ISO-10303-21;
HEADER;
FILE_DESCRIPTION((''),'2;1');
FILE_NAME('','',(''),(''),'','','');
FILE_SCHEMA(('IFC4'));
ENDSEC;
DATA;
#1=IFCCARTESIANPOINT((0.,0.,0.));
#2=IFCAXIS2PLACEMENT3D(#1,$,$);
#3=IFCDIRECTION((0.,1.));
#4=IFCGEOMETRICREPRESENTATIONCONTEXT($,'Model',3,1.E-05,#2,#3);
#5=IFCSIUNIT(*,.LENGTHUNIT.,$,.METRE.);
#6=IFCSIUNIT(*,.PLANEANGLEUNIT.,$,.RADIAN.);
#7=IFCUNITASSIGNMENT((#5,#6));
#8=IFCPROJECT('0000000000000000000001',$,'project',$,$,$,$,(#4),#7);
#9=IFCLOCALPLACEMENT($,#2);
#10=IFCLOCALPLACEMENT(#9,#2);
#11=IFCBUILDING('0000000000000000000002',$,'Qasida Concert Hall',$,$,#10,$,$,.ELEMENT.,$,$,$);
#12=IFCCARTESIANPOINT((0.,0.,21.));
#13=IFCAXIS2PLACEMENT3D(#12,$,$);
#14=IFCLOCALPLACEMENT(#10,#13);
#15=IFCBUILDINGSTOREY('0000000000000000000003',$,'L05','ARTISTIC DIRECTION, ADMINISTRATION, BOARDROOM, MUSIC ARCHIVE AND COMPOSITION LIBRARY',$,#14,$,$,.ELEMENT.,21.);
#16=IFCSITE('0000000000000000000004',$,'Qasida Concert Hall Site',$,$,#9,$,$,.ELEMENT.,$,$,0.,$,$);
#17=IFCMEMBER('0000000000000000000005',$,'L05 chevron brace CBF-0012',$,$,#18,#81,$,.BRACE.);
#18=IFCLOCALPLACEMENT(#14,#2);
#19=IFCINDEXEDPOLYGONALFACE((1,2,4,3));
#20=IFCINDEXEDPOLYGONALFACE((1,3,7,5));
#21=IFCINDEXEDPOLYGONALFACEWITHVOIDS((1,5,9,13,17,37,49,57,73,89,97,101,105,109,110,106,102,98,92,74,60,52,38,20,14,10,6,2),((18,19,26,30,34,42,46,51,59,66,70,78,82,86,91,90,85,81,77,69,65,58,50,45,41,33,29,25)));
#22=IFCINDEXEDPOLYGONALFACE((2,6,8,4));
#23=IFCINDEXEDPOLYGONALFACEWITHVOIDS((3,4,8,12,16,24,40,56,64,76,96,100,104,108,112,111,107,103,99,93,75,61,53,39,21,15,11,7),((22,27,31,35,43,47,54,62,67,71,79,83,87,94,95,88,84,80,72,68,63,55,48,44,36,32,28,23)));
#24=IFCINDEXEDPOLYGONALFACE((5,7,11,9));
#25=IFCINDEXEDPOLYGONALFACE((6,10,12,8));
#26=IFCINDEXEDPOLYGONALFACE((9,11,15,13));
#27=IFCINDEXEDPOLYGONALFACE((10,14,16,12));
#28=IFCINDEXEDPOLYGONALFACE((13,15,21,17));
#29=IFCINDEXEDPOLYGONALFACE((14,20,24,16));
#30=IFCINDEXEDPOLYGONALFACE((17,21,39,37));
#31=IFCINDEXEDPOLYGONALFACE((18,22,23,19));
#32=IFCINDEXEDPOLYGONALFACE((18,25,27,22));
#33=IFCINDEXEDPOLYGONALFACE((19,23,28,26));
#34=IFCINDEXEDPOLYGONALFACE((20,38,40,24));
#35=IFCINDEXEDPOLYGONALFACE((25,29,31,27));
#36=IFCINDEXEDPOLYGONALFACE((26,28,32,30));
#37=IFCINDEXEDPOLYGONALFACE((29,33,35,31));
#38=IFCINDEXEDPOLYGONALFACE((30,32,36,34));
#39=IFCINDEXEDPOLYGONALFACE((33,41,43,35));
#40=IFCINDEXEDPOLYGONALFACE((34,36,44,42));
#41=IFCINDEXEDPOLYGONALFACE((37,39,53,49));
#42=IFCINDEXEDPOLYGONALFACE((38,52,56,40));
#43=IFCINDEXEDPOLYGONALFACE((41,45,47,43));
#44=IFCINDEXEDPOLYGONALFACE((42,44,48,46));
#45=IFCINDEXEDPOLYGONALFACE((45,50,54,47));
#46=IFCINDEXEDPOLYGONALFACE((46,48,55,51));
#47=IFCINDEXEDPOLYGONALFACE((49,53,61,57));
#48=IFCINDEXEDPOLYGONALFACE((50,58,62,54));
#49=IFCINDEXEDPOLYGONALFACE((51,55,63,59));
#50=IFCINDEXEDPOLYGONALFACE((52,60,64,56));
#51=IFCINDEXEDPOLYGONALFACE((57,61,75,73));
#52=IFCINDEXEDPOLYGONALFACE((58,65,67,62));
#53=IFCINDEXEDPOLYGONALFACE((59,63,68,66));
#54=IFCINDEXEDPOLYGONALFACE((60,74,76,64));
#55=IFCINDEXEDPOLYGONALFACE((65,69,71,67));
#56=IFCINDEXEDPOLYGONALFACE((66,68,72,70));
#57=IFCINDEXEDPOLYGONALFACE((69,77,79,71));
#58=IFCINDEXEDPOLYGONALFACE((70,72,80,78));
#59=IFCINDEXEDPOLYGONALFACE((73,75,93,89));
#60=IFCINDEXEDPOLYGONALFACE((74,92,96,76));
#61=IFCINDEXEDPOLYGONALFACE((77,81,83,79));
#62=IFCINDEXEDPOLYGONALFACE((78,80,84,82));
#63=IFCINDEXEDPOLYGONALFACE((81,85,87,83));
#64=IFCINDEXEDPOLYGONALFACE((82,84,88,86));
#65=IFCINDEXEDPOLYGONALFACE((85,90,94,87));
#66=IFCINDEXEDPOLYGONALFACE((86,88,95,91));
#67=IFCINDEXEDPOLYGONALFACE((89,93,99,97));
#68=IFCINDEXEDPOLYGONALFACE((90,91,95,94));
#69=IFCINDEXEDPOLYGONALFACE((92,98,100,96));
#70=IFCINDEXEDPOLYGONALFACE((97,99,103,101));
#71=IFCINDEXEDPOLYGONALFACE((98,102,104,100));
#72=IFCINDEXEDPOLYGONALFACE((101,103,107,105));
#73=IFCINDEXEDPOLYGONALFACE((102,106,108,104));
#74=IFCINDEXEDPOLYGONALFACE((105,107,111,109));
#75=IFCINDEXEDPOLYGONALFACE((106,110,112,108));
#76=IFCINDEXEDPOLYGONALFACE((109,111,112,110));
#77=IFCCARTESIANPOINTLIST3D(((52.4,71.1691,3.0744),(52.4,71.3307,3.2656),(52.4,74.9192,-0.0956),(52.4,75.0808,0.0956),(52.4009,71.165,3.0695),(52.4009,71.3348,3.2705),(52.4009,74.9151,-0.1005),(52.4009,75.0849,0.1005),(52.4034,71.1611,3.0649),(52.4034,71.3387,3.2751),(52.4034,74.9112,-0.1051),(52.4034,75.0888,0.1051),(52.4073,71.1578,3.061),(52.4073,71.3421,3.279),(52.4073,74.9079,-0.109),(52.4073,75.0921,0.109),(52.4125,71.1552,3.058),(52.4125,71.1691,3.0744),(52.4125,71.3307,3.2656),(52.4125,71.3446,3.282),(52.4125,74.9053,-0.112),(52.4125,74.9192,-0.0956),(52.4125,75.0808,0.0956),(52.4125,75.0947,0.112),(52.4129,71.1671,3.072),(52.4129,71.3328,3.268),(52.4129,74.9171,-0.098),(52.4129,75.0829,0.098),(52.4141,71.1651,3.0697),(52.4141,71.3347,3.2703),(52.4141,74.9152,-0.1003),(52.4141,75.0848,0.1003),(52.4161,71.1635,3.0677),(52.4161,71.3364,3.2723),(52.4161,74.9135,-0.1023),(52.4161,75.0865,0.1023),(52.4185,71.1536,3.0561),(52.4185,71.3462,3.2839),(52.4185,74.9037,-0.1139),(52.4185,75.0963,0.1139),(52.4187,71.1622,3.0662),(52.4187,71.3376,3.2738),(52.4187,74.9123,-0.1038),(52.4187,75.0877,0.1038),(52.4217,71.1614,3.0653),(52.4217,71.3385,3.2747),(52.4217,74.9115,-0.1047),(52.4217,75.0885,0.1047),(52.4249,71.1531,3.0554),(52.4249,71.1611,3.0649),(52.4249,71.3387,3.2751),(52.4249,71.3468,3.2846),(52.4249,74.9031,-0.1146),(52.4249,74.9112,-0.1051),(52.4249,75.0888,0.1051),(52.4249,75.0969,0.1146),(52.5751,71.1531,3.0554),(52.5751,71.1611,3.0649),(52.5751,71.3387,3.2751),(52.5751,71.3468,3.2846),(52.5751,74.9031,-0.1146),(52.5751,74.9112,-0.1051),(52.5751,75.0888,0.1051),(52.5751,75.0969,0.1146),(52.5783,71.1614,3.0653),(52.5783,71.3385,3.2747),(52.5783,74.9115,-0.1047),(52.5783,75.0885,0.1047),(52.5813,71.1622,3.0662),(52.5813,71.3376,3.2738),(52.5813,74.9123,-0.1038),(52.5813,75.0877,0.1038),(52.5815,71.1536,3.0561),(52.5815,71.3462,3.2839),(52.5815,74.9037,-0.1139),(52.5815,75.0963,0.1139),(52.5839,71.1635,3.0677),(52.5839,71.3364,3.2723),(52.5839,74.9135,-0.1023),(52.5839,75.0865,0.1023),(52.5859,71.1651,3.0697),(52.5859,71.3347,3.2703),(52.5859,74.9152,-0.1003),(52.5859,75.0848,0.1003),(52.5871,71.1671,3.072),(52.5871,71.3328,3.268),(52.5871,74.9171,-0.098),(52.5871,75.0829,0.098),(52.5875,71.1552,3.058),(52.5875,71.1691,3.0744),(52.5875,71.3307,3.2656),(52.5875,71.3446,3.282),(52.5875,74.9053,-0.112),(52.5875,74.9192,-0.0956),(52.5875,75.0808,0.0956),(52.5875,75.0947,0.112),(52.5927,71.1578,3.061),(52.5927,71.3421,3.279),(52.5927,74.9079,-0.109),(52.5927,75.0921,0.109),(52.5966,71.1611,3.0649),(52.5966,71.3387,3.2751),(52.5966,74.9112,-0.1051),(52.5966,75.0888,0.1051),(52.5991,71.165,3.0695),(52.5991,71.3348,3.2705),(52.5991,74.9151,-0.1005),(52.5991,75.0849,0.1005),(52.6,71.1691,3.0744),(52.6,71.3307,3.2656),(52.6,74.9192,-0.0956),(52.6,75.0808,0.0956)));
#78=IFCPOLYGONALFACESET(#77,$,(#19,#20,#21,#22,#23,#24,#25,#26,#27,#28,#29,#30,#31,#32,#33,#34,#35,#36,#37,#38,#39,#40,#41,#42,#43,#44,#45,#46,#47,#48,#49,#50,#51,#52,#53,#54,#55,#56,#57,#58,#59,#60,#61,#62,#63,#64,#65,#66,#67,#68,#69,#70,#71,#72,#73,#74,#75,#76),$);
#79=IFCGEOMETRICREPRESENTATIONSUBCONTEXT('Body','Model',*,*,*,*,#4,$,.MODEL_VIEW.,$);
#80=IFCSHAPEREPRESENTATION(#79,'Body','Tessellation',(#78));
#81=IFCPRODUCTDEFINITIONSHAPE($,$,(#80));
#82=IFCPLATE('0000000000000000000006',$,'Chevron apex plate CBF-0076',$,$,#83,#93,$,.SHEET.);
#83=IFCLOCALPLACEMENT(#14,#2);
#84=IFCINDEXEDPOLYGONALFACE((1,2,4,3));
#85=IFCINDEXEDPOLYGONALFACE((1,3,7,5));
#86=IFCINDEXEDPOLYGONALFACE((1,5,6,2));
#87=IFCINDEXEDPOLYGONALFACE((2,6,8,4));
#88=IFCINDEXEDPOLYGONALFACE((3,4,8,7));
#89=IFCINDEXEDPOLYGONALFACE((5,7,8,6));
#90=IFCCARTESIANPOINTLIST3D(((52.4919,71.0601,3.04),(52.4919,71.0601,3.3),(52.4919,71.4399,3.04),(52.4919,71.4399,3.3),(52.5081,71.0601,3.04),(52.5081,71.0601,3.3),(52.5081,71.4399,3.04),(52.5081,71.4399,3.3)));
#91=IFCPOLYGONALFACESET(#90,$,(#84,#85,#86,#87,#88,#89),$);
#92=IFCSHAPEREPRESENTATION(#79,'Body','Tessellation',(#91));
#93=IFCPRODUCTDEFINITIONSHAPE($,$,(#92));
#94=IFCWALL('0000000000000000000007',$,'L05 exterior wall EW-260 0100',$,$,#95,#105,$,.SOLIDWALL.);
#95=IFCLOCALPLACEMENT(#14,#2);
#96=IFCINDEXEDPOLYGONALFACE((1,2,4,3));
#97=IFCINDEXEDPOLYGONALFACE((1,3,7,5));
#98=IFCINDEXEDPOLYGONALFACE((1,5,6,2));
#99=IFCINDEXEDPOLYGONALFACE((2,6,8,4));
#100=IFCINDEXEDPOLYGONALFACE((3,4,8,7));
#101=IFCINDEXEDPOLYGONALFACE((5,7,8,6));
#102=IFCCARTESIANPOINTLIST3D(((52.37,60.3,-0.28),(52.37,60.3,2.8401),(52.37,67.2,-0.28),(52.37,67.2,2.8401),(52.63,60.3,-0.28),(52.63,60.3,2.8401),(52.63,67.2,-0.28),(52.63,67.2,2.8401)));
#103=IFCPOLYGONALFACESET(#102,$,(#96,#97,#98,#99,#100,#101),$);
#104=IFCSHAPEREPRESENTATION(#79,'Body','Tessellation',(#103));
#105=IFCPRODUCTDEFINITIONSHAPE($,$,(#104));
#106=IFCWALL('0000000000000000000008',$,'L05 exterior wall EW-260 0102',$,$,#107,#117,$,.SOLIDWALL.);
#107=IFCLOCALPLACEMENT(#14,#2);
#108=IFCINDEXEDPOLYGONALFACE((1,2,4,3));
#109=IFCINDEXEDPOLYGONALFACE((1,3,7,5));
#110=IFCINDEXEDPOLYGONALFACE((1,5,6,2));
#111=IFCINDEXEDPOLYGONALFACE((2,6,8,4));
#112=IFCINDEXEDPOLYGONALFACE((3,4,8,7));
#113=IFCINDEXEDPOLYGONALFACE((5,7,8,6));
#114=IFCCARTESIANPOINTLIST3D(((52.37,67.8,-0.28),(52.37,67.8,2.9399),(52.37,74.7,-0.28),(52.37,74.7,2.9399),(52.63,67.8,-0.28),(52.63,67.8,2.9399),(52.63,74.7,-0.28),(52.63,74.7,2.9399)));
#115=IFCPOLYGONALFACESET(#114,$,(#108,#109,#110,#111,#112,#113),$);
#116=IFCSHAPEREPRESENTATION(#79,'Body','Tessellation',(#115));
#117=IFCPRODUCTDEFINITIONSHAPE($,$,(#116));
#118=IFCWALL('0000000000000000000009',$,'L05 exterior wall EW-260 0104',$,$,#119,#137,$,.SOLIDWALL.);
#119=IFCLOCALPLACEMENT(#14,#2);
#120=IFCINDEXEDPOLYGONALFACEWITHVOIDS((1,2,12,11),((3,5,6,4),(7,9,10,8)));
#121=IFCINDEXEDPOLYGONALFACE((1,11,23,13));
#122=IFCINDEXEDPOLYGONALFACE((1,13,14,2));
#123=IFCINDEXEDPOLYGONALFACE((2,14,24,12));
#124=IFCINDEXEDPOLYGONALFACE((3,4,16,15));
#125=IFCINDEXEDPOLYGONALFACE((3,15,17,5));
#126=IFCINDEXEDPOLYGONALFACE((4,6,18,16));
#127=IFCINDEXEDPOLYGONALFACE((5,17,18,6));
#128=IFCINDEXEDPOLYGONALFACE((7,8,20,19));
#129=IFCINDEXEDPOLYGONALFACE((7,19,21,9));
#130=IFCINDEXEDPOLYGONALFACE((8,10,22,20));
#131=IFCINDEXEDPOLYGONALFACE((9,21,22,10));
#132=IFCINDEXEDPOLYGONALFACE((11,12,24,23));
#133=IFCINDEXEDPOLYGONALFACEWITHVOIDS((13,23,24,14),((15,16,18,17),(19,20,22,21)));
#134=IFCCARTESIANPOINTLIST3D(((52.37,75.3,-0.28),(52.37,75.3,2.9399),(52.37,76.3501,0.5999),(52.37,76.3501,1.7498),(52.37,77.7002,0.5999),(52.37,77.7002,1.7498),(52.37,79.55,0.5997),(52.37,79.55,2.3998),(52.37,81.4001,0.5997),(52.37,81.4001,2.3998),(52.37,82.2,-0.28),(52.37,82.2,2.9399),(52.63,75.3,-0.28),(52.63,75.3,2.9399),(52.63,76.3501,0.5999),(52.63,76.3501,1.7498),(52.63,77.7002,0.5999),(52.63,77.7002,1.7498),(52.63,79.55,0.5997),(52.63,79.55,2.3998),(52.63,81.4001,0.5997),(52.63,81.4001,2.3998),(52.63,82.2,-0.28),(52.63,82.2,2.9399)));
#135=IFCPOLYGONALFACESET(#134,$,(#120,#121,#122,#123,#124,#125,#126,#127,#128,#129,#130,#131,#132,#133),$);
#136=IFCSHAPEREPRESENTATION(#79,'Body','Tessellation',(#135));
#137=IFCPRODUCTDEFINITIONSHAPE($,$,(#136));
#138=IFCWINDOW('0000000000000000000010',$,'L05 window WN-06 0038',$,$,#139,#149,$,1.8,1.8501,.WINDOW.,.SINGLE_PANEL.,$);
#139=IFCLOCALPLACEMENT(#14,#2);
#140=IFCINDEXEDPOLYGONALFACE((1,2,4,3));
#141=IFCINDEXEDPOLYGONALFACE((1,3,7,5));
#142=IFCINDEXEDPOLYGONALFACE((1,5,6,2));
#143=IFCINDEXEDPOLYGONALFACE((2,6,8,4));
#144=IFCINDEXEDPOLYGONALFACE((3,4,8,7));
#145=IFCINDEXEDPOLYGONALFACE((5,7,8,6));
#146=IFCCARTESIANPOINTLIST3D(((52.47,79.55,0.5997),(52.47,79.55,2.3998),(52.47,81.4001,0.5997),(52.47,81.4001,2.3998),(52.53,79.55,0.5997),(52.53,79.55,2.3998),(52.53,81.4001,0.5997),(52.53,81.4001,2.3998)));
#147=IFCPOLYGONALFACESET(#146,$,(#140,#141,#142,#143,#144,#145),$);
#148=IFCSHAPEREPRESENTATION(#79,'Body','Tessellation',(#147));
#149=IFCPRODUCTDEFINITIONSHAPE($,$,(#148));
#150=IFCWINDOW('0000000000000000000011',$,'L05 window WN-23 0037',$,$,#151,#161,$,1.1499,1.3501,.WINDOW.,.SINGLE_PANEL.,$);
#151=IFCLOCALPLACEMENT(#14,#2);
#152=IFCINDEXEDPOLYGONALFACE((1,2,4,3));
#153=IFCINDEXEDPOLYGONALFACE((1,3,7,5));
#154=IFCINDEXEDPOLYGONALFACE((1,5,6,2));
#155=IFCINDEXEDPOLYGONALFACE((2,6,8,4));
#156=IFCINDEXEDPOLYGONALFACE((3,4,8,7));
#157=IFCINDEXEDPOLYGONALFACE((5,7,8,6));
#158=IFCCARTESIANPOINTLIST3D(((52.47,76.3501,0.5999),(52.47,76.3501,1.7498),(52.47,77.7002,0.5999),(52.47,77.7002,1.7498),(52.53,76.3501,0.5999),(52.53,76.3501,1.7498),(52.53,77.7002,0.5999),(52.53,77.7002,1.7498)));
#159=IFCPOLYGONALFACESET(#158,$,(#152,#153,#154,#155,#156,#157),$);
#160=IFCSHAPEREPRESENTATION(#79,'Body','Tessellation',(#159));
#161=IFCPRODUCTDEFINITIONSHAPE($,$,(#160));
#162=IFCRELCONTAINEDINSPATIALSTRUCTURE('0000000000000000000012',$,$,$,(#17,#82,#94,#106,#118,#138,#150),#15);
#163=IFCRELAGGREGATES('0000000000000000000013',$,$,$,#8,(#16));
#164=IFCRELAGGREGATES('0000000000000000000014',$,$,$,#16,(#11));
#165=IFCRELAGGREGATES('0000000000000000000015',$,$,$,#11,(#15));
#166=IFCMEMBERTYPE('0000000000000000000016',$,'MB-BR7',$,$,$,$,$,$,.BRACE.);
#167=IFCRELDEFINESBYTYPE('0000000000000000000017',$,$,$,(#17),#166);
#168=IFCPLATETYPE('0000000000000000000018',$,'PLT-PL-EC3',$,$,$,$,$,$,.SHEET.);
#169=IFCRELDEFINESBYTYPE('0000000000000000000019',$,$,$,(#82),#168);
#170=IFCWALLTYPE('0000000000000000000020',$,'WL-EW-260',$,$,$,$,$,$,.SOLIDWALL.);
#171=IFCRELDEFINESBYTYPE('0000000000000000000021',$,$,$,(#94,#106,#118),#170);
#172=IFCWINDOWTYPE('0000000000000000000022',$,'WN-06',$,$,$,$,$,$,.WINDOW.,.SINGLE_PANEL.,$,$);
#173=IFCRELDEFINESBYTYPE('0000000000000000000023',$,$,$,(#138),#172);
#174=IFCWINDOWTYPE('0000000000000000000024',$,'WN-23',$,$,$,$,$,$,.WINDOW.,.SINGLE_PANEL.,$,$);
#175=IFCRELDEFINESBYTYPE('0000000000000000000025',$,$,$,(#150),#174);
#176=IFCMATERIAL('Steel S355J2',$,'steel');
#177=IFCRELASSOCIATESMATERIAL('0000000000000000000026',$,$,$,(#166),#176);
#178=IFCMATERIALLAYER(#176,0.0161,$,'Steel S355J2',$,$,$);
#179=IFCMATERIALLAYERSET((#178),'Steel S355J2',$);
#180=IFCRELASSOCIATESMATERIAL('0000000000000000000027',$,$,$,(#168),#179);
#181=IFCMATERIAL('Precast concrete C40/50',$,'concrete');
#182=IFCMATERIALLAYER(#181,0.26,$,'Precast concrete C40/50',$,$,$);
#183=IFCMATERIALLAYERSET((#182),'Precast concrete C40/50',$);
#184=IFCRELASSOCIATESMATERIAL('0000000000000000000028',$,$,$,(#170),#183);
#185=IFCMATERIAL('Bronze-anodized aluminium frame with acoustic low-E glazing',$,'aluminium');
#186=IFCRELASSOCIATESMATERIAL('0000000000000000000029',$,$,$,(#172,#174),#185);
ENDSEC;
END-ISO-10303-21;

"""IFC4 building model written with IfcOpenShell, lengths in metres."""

from ifc_helpers import new_model, si_unit, direction, frame, frame_2d, origin, origin_2d, place, context, subcontext, project, spatial, rectangle, hollow_rectangle, extrude, material, layer, layer_set, material_profile, profile_set, type_object, element, fill, save


model = new_model("IFC4")

# Units and contexts
model_context = context("Model", 3, precision=1e-05, world=origin(), true_north=direction((0.0, 1.0)))
body_context = subcontext(model_context, "Body", "Model", "MODEL_VIEW")
ifc_project = project(units=[si_unit("LENGTHUNIT", "METRE"), si_unit("PLANEANGLEUNIT", "RADIAN")], contexts=[model_context])

# Site, building, storey
site_placement = place(None, origin())
site = spatial("IfcSite", under=ifc_project, at=site_placement, Name="Qasida Concert Hall Site", CompositionType="ELEMENT", RefElevation=0.0)
building_placement = place(site_placement, origin())
building = spatial("IfcBuilding", under=site, at=building_placement, Name="Qasida Concert Hall", CompositionType="ELEMENT")
storey_placement = place(building_placement, frame((0.0, 0.0, 21.0)))
storey = spatial("IfcBuildingStorey", under=building, at=storey_placement, Name="L05", Description="ARTISTIC DIRECTION, ADMINISTRATION, BOARDROOM, MUSIC ARCHIVE AND COMPOSITION LIBRARY", CompositionType="ELEMENT", Elevation=21.0)

# Shared definitions
ifc_material_1 = material(Name="Steel S355J2", Category="steel")

# Member
ifc_material_profile_1 = material_profile(ifc_material_1, hollow_rectangle(XDim=0.2, YDim=0.3, WallThickness=0.0125, InnerFilletRadius=0.0125, OuterFilletRadius=0.0249, at=origin_2d()), Name="RHS 300x200x12.5")
ifc_profile_set_1 = profile_set([ifc_material_profile_1], Name="Steel S355J2")
member_type = type_object("IfcMemberType", Name="MB-BR7", PredefinedType="BRACE", material=ifc_profile_set_1)
for number, where, z_axis, x_axis, name in (
    (1, (52.5, 75.0, 0.0), (0.0, -0.763703, 0.645568), (1.0, 0.0, 0.0), "L05 chevron brace CBF-0012"),
):
    element("IfcMember", number, at=place(storey_placement, frame(where, z_axis=z_axis, x_axis=x_axis)), inside=storey, type_object=member_type, Name=name, PredefinedType="BRACE", context=body_context, shape_type="SweptSolid", body=[
        extrude(hollow_rectangle(XDim=0.2, YDim=0.3, WallThickness=0.0125, InnerFilletRadius=0.0125, OuterFilletRadius=0.0249, at=origin_2d()), origin(), (0.0, 0.0, 1.0), 4.9104),
    ])

# Plate
ifc_layer_1 = layer(ifc_material_1, 0.0161, Name="Steel S355J2")
ifc_layer_set_1 = layer_set([ifc_layer_1], Name="Steel S355J2")
plate_type = type_object("IfcPlateType", Name="PLT-PL-EC3", PredefinedType="SHEET", material=ifc_layer_set_1)
plate_placement = place(storey_placement, frame((52.5, 71.25, 3.04), z_axis=(0.0, 0.0, 1.0), x_axis=(0.0, 1.0, 0.0)))
element("IfcPlate", 2, at=plate_placement, inside=storey, type_object=plate_type, Name="Chevron apex plate CBF-0076", PredefinedType="SHEET", context=body_context, shape_type="SweptSolid", body=[
    extrude(rectangle(XDim=0.3799, YDim=0.0161, at=origin_2d()), origin(), (0.0, 0.0, 1.0), 0.26),
])

# Walls
ifc_material_2 = material(Name="Precast concrete C40/50", Category="concrete")
ifc_layer_2 = layer(ifc_material_2, 0.26, Name="Precast concrete C40/50")
ifc_layer_set_2 = layer_set([ifc_layer_2], Name="Precast concrete C40/50")
wall_type_1 = type_object("IfcWallType", Name="WL-EW-260", PredefinedType="SOLIDWALL", material=ifc_layer_set_2)
wall_1_placement = place(storey_placement, frame((52.5, 60.3, -0.28), z_axis=(0.0, 0.0, 1.0), x_axis=(0.0, 1.0, 0.0)))
element("IfcWall", 3, at=wall_1_placement, inside=storey, type_object=wall_type_1, Name="L05 exterior wall EW-260 0100", PredefinedType="SOLIDWALL", context=body_context, shape_type="SweptSolid", body=[
    extrude(rectangle(XDim=6.8999, YDim=0.26, at=frame_2d((3.45, 0.0))), origin(), (0.0, 0.0, 1.0), 3.1201),
])
wall_2_placement = place(storey_placement, frame((52.5, 67.8, -0.28), z_axis=(0.0, 0.0, 1.0), x_axis=(0.0, 1.0, 0.0)))
element("IfcWall", 4, at=wall_2_placement, inside=storey, type_object=wall_type_1, Name="L05 exterior wall EW-260 0102", PredefinedType="SOLIDWALL", context=body_context, shape_type="SweptSolid", body=[
    extrude(rectangle(XDim=6.8999, YDim=0.26, at=frame_2d((3.45, 0.0))), origin(), (0.0, 0.0, 1.0), 3.22),
])

# Wall, openings, windows
wall_3_placement = place(storey_placement, frame((52.5, 75.3, -0.28), z_axis=(0.0, 0.0, 1.0), x_axis=(0.0, 1.0, 0.0)))
wall_3 = element("IfcWall", 5, at=wall_3_placement, inside=storey, type_object=wall_type_1, Name="L05 exterior wall EW-260 0104", PredefinedType="SOLIDWALL", context=body_context, shape_type="SweptSolid", body=[
    extrude(rectangle(XDim=6.8999, YDim=0.26, at=frame_2d((3.45, 0.0))), origin(), (0.0, 0.0, 1.0), 3.22),
])
opening_1_placement = place(wall_3_placement, frame((1.05, 0.0, 0.8799)))
opening_1 = element("IfcOpeningElement", 6, at=opening_1_placement, cuts=wall_3, PredefinedType="OPENING", context=body_context, shape_type="SweptSolid", body=[
    extrude(rectangle(XDim=1.3501, YDim=1.1499, at=frame_2d((0.675, 0.575))), frame((0.0, 0.1399, 0.0), z_axis=(0.0, -1.0, 0.0), x_axis=(1.0, 0.0, 0.0)), (0.0, 0.0, 1.0), 0.28),
])
opening_2_placement = place(wall_3_placement, frame((4.25, 0.0, 0.8799)))
opening_2 = element("IfcOpeningElement", 7, at=opening_2_placement, cuts=wall_3, PredefinedType="OPENING", context=body_context, shape_type="SweptSolid", body=[
    extrude(rectangle(XDim=1.8501, YDim=1.8, at=frame_2d((0.925, 0.8999))), frame((0.0, 0.1399, 0.0), z_axis=(0.0, -1.0, 0.0), x_axis=(1.0, 0.0, 0.0)), (0.0, 0.0, 1.0), 0.28),
])
ifc_material_3 = material(Name="Bronze-anodized aluminium frame with acoustic low-E glazing", Category="aluminium")
window_type_1 = type_object("IfcWindowType", Name="WN-06", PartitioningType="SINGLE_PANEL", PredefinedType="WINDOW", material=ifc_material_3)
window_1_placement = place(opening_2_placement, origin())
window_1 = element("IfcWindow", 8, at=window_1_placement, inside=storey, type_object=window_type_1, Name="L05 window WN-06 0038", OverallHeight=1.8, OverallWidth=1.8501, PartitioningType="SINGLE_PANEL", PredefinedType="WINDOW", context=body_context, shape_type="SweptSolid", body=[
    extrude(rectangle(XDim=1.8501, YDim=1.8, at=frame_2d((0.925, 0.8999))), frame((0.0, 0.03, 0.0), z_axis=(0.0, -1.0, 0.0), x_axis=(1.0, 0.0, 0.0)), (0.0, 0.0, 1.0), 0.0601),
])
fill(opening_2, window_1)
window_type_2 = type_object("IfcWindowType", Name="WN-23", PartitioningType="SINGLE_PANEL", PredefinedType="WINDOW", material=ifc_material_3)
window_2_placement = place(opening_1_placement, origin())
window_2 = element("IfcWindow", 9, at=window_2_placement, inside=storey, type_object=window_type_2, Name="L05 window WN-23 0037", OverallHeight=1.1499, OverallWidth=1.3501, PartitioningType="SINGLE_PANEL", PredefinedType="WINDOW", context=body_context, shape_type="SweptSolid", body=[
    extrude(rectangle(XDim=1.3501, YDim=1.1499, at=frame_2d((0.675, 0.575))), frame((0.0, 0.03, 0.0), z_axis=(0.0, -1.0, 0.0), x_axis=(1.0, 0.0, 0.0)), (0.0, 0.0, 1.0), 0.0601),
])
fill(opening_1, window_2)

save(model, "model.ifc")
